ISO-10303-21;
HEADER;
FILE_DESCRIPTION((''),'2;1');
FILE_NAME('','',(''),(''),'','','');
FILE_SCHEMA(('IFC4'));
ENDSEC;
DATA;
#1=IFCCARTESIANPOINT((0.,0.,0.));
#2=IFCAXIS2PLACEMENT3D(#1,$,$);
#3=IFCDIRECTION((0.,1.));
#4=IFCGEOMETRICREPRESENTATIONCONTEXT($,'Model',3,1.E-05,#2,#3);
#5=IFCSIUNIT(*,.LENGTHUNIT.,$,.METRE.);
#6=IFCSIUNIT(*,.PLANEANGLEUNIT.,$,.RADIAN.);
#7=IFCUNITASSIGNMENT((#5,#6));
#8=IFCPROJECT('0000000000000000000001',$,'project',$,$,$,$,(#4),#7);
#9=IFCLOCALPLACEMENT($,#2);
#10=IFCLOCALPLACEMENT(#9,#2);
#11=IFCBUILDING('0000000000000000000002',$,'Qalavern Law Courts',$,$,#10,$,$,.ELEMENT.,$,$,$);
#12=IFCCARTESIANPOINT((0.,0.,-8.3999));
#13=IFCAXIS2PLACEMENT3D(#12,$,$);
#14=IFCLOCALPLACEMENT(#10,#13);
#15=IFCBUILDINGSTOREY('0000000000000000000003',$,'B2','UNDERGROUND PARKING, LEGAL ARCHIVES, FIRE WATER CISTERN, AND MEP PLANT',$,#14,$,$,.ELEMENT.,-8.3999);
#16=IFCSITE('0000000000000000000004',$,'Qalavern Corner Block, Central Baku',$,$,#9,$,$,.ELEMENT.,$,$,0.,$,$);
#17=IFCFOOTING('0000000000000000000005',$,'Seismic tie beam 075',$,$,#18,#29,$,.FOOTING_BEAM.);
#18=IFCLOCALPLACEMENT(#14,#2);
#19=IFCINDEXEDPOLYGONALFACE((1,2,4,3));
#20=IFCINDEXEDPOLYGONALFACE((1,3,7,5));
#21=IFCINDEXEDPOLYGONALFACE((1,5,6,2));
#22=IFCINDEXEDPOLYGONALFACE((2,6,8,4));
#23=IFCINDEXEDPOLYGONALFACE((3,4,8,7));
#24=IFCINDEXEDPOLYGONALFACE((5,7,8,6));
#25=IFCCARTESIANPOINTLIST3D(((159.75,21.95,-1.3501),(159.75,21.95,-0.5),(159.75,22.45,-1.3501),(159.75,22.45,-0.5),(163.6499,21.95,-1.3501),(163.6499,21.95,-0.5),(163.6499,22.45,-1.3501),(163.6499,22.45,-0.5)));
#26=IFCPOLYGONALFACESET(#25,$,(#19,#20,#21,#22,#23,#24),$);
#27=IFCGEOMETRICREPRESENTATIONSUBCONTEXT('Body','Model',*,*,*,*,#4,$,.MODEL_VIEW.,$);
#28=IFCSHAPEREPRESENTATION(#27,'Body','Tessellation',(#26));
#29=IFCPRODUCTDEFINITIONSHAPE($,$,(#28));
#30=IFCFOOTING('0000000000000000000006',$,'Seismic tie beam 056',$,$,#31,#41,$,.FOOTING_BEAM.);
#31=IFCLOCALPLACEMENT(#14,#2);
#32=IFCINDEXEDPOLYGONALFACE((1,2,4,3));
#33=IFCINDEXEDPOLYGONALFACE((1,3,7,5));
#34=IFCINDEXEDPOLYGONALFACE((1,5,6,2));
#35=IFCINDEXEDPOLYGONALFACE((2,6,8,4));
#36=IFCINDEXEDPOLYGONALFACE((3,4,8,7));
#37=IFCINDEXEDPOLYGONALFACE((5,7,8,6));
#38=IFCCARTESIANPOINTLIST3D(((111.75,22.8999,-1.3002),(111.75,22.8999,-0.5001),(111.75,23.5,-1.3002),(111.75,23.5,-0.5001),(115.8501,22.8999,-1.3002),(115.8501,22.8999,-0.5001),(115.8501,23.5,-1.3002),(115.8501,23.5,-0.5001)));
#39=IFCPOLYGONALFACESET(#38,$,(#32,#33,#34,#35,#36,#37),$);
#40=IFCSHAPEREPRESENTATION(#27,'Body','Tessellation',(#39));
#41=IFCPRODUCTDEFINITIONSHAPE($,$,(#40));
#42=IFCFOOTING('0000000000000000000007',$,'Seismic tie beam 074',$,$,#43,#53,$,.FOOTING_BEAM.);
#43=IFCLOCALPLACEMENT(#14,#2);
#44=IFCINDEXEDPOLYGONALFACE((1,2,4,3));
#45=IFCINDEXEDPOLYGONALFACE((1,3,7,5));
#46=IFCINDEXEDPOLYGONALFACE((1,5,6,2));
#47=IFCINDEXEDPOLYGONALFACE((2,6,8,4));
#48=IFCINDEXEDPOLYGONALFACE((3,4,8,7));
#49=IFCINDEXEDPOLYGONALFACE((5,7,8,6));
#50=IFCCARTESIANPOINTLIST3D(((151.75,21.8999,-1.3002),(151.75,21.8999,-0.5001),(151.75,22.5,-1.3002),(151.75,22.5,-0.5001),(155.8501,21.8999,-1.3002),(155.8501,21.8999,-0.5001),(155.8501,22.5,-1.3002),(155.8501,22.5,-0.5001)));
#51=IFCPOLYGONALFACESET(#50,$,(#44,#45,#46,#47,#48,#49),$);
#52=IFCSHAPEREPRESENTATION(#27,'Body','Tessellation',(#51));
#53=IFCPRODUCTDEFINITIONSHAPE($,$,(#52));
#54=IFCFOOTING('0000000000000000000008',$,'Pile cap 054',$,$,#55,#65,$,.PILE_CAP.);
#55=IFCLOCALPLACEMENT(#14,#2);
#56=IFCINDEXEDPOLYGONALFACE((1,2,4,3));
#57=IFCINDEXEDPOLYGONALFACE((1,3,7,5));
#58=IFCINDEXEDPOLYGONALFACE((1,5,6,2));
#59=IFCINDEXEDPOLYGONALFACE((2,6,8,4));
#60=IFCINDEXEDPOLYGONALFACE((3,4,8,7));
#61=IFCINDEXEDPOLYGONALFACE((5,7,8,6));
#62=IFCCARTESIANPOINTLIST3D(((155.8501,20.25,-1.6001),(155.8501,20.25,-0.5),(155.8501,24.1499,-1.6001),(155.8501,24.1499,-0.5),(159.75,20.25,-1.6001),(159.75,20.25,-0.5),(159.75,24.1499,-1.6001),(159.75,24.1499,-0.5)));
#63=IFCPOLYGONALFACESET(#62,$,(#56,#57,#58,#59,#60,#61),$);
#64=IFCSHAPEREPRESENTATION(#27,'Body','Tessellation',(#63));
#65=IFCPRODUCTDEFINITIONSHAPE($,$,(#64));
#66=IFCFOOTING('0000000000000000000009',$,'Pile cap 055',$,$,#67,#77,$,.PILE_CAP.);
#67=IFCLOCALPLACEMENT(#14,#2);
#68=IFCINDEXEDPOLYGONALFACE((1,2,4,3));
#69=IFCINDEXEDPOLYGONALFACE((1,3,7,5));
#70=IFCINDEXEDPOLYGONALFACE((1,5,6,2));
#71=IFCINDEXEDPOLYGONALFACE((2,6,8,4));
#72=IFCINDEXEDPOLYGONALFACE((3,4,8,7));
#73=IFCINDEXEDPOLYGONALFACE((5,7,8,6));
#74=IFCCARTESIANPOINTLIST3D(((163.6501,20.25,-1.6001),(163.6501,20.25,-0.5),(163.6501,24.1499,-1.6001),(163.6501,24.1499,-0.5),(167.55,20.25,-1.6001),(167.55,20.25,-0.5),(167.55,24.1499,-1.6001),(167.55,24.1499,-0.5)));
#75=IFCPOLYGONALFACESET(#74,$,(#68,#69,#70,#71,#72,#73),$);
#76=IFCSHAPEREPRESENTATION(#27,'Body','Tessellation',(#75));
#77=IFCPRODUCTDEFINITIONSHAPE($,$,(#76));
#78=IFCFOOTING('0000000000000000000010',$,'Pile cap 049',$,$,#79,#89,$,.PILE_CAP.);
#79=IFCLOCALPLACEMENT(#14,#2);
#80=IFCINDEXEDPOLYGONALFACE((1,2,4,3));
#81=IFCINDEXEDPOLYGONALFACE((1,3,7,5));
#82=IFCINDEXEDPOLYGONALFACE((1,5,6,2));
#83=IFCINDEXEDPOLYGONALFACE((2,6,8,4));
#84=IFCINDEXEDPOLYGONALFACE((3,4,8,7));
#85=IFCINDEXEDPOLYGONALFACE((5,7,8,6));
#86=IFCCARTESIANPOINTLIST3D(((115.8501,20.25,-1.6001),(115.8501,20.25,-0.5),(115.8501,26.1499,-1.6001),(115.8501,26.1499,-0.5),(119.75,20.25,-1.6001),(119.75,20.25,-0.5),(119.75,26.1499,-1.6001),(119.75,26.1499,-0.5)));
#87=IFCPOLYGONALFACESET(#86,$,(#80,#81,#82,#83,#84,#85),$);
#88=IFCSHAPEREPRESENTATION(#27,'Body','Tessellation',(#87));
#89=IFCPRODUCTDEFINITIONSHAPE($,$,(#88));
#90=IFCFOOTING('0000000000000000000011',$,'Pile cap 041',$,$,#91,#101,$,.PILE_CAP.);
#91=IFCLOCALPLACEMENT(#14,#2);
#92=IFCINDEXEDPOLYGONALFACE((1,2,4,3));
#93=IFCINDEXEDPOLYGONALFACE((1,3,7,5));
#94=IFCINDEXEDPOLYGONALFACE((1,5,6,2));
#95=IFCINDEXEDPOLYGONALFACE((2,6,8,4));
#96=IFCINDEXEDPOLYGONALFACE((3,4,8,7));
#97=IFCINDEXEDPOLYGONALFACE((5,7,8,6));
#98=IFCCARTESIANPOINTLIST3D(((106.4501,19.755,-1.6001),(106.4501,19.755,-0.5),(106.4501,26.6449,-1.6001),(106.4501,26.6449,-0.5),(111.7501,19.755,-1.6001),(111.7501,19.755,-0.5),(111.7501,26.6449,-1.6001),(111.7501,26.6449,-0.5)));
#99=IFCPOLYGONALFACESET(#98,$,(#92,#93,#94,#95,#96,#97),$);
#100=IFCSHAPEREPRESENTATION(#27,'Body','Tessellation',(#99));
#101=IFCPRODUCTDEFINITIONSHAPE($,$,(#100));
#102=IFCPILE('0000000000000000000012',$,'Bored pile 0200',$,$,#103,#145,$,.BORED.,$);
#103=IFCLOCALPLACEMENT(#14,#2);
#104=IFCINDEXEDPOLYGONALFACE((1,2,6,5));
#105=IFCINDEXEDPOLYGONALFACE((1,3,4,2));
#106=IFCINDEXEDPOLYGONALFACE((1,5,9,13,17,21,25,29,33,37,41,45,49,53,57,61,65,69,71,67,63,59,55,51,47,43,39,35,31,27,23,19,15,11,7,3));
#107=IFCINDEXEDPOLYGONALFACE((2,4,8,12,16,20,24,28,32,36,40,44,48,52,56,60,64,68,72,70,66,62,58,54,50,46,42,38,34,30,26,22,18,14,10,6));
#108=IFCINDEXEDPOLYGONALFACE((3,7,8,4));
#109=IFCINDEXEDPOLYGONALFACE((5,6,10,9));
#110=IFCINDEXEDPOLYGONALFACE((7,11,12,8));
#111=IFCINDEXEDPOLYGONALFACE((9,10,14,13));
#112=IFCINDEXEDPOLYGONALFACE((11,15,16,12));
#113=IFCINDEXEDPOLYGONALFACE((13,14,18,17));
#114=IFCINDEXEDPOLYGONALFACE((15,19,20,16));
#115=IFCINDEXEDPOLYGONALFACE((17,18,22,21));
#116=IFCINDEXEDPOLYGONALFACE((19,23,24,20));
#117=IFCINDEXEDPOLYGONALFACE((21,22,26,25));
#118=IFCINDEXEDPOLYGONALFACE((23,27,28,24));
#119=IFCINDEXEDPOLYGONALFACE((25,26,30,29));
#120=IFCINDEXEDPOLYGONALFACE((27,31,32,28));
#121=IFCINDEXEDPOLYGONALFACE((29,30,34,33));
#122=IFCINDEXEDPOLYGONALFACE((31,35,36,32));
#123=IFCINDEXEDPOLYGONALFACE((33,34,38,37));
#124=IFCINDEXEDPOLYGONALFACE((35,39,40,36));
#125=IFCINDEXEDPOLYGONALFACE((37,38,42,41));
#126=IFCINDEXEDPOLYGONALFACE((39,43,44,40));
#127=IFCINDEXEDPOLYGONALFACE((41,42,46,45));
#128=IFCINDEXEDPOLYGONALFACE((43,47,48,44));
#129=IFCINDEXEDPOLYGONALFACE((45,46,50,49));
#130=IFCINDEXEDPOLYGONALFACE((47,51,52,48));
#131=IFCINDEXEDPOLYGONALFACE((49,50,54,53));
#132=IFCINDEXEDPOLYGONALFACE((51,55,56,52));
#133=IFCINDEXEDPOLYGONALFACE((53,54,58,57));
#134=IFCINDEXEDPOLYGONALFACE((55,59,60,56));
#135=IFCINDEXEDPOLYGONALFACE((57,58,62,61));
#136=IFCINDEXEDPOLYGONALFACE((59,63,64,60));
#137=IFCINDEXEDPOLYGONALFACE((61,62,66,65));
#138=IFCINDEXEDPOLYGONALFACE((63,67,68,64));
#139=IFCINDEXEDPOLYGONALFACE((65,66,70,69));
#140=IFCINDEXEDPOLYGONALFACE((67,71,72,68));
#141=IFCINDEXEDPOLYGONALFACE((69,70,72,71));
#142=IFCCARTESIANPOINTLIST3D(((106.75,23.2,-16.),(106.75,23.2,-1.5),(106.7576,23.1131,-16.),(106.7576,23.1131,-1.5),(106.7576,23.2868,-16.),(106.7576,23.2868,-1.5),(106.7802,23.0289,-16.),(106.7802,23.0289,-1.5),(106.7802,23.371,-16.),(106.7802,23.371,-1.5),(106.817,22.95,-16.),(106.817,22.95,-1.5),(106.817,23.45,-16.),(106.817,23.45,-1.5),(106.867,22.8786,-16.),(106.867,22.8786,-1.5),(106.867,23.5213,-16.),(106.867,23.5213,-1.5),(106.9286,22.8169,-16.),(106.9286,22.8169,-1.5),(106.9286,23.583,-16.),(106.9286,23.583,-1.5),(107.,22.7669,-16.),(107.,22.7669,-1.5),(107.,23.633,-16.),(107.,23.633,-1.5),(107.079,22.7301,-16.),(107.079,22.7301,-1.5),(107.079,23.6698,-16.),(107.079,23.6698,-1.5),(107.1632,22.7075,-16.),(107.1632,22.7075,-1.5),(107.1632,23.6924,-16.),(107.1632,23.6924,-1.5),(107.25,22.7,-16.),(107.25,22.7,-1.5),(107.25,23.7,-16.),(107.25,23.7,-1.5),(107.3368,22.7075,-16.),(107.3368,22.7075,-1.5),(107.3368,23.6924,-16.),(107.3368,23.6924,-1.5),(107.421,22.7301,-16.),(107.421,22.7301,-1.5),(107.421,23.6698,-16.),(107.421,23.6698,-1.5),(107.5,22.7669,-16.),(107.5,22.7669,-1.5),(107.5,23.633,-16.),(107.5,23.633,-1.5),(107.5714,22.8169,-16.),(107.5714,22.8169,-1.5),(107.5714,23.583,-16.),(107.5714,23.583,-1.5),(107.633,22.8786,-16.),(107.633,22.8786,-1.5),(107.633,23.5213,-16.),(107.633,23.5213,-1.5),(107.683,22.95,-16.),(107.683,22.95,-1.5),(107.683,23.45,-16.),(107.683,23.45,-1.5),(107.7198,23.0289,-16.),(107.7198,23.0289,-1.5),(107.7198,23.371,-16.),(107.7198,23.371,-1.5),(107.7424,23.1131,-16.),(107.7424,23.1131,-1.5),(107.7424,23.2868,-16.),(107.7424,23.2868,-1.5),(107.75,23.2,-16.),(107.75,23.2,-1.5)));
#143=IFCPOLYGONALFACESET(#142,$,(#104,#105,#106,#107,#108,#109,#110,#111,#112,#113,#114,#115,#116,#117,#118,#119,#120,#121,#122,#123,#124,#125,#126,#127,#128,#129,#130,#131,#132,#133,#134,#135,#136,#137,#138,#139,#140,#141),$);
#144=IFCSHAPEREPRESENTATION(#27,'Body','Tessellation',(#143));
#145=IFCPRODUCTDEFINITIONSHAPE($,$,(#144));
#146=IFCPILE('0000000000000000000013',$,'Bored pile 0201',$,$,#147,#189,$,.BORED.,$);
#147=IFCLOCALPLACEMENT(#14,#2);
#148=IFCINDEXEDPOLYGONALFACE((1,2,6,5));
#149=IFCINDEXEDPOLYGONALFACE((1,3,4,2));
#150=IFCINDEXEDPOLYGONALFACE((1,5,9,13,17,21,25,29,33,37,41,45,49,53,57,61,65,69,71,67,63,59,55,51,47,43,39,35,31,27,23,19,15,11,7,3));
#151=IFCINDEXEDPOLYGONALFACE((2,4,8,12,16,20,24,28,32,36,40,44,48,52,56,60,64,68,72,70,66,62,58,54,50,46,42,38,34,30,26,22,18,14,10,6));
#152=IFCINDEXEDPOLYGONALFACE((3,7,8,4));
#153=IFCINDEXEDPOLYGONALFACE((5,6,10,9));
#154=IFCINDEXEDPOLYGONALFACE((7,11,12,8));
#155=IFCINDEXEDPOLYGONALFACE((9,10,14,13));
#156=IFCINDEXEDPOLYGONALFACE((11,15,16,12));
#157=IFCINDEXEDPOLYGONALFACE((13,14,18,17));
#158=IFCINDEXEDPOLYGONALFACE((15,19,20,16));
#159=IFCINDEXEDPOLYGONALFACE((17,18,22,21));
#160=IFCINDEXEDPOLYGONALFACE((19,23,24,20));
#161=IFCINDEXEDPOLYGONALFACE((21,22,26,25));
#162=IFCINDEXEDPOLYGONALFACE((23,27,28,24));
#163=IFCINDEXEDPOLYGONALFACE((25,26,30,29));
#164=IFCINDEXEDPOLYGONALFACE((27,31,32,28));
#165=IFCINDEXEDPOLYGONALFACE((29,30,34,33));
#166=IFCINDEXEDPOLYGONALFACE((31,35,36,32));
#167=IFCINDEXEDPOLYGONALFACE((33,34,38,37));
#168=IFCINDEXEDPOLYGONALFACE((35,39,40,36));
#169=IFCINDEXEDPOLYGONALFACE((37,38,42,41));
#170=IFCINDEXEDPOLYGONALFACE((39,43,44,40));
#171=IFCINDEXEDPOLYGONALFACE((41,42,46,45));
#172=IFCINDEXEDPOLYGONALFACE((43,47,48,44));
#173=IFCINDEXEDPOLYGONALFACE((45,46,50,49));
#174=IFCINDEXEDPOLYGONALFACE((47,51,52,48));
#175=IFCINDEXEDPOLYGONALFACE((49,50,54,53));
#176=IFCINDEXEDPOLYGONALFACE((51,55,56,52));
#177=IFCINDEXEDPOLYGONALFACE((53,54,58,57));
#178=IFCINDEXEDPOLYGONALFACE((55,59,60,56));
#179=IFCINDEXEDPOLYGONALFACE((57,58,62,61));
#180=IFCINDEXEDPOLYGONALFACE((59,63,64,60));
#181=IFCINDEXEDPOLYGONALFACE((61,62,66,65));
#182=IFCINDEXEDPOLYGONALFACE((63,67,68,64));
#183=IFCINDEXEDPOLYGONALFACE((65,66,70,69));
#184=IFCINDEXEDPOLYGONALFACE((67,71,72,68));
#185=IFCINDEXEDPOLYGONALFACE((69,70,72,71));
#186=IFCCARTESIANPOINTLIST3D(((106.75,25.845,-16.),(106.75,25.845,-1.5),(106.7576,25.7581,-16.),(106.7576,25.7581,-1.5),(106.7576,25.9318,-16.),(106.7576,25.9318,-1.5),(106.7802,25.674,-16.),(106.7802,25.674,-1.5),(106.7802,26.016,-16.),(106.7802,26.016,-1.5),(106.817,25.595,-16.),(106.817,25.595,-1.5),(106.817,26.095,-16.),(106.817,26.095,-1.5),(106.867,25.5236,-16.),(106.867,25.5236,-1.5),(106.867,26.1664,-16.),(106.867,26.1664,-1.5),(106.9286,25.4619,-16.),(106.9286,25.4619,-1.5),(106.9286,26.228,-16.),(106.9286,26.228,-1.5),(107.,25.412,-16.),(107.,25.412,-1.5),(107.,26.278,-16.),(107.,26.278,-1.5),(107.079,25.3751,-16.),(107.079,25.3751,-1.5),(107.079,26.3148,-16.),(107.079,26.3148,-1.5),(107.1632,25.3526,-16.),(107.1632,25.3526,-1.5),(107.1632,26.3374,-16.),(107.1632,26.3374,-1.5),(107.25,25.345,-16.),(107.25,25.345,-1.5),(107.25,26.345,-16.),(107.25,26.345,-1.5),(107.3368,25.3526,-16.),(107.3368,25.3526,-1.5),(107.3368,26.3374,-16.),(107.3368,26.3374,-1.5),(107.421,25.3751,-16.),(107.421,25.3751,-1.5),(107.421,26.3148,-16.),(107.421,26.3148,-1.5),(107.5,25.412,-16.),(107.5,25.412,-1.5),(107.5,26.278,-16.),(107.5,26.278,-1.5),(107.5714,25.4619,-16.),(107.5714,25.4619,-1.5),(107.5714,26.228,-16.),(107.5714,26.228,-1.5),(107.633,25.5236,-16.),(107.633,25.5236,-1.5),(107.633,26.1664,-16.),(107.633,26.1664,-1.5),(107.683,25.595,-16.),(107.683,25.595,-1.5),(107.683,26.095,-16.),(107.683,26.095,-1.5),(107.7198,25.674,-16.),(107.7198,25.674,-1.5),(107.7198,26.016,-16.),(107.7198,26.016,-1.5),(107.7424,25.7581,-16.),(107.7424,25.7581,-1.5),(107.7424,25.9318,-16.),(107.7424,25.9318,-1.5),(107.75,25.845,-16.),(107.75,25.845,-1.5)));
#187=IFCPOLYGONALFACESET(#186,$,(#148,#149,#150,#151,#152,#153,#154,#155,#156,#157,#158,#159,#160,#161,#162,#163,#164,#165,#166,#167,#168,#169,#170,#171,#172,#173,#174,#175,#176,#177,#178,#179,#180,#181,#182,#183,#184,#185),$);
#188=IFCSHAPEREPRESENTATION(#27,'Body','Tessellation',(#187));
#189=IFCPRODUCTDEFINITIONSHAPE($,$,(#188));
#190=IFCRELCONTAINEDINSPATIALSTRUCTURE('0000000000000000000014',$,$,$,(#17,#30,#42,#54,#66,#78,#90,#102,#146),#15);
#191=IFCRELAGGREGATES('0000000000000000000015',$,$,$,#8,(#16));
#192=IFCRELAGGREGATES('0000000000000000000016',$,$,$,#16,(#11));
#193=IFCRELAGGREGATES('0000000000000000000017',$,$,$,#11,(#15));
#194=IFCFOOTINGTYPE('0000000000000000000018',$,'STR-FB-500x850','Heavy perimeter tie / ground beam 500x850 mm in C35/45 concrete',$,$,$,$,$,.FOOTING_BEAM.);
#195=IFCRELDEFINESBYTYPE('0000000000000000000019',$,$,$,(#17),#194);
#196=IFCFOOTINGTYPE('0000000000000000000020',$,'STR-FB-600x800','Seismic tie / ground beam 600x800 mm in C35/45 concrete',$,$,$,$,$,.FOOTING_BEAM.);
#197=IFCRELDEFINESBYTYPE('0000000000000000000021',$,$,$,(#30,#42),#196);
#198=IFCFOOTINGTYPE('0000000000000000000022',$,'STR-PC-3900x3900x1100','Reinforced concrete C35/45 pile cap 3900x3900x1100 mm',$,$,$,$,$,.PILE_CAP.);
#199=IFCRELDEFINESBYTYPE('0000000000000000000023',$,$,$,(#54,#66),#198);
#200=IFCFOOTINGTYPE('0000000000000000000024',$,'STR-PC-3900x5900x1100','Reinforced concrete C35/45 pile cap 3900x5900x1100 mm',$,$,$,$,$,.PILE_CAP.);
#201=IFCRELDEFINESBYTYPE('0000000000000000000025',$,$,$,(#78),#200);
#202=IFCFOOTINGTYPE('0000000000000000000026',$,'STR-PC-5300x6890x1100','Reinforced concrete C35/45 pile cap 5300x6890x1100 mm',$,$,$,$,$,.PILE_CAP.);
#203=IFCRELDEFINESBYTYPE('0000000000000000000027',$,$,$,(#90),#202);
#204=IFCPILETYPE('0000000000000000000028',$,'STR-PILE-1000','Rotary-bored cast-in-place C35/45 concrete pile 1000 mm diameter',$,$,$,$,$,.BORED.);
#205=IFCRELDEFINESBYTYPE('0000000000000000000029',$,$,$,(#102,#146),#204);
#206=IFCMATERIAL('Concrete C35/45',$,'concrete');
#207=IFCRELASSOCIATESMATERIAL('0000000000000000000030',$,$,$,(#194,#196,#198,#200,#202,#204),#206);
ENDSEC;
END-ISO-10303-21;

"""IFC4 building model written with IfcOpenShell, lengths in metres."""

from ifc_helpers import new_model, si_unit, direction, frame, origin, origin_2d, place, context, subcontext, project, spatial, rectangle, circle, extrude, material, material_profile, profile_set, type_object, element, save


model = new_model("IFC4")

# Units and contexts
model_context = context("Model", 3, precision=1e-05, world=origin(), true_north=direction((0.0, 1.0)))
body_context = subcontext(model_context, "Body", "Model", "MODEL_VIEW")
ifc_project = project(units=[si_unit("LENGTHUNIT", "METRE"), si_unit("PLANEANGLEUNIT", "RADIAN")], contexts=[model_context])

# Site, building, storey
site_placement = place(None, origin())
site = spatial("IfcSite", under=ifc_project, at=site_placement, Name="Qalavern Corner Block, Central Baku", CompositionType="ELEMENT", RefElevation=0.0)
building_placement = place(site_placement, origin())
building = spatial("IfcBuilding", under=site, at=building_placement, Name="Qalavern Law Courts", CompositionType="ELEMENT")
storey_placement = place(building_placement, frame((0.0, 0.0, -8.3999)))
storey = spatial("IfcBuildingStorey", under=building, at=storey_placement, Name="B2", Description="UNDERGROUND PARKING, LEGAL ARCHIVES, FIRE WATER CISTERN, AND MEP PLANT", CompositionType="ELEMENT", Elevation=-8.3999)

# Footings
ifc_material_1 = material(Name="Concrete C35/45", Category="concrete")
ifc_material_profile_1 = material_profile(ifc_material_1, rectangle(XDim=0.5, YDim=0.8501, at=origin_2d()), Name="RC 500x850")
ifc_profile_set_1 = profile_set([ifc_material_profile_1], Name="Concrete C35/45")
footing_type_1 = type_object("IfcFootingType", Name="STR-FB-500x850", Description="Heavy perimeter tie / ground beam 500x850 mm in C35/45 concrete", PredefinedType="FOOTING_BEAM", material=ifc_profile_set_1)
footing_1_placement = place(storey_placement, frame((159.75, 22.2, -0.925), z_axis=(1.0, 0.0, 0.0), x_axis=(0.0, 1.0, 0.0)))
element("IfcFooting", 1, at=footing_1_placement, inside=storey, type_object=footing_type_1, Name="Seismic tie beam 075", PredefinedType="FOOTING_BEAM", context=body_context, shape_type="SweptSolid", body=[
    extrude(rectangle(XDim=0.5, YDim=0.8501, at=origin_2d()), origin(), (0.0, 0.0, 1.0), 3.8999),
])
ifc_material_profile_2 = material_profile(ifc_material_1, rectangle(XDim=0.6001, YDim=0.8, at=origin_2d()), Name="RC 600x800")
ifc_profile_set_2 = profile_set([ifc_material_profile_2], Name="Concrete C35/45")
footing_type_2 = type_object("IfcFootingType", Name="STR-FB-600x800", Description="Seismic tie / ground beam 600x800 mm in C35/45 concrete", PredefinedType="FOOTING_BEAM", material=ifc_profile_set_2)
for number, where, z_axis, x_axis, name in (
    (2, (111.75, 23.2, -0.9001), (1.0, 0.0, 0.0), (0.0, 1.0, 0.0), "Seismic tie beam 056"),
    (3, (151.75, 22.2, -0.9001), (1.0, 0.0, 0.0), (0.0, 1.0, 0.0), "Seismic tie beam 074"),
):
    element("IfcFooting", number, at=place(storey_placement, frame(where, z_axis=z_axis, x_axis=x_axis)), inside=storey, type_object=footing_type_2, Name=name, PredefinedType="FOOTING_BEAM", context=body_context, shape_type="SweptSolid", body=[
        extrude(rectangle(XDim=0.6001, YDim=0.8, at=origin_2d()), origin(), (0.0, 0.0, 1.0), 4.1001),
    ])
footing_type_3 = type_object("IfcFootingType", Name="STR-PC-3900x3900x1100", Description="Reinforced concrete C35/45 pile cap 3900x3900x1100 mm", PredefinedType="PILE_CAP", material=ifc_material_1)
for number, where, z_axis, x_axis, name in (
    (4, (157.8, 22.2, -1.6001), (0.0, 0.0, 1.0), (1.0, 0.0, 0.0), "Pile cap 054"),
    (5, (165.6001, 22.2, -1.6001), (0.0, 0.0, 1.0), (1.0, 0.0, 0.0), "Pile cap 055"),
):
    element("IfcFooting", number, at=place(storey_placement, frame(where, z_axis=z_axis, x_axis=x_axis)), inside=storey, type_object=footing_type_3, Name=name, PredefinedType="PILE_CAP", context=body_context, shape_type="SweptSolid", body=[
        extrude(rectangle(XDim=3.8999, YDim=3.8999, at=origin_2d()), origin(), (0.0, 0.0, 1.0), 1.1001),
    ])
footing_type_4 = type_object("IfcFootingType", Name="STR-PC-3900x5900x1100", Description="Reinforced concrete C35/45 pile cap 3900x5900x1100 mm", PredefinedType="PILE_CAP", material=ifc_material_1)
footing_2_placement = place(storey_placement, frame((117.8, 23.2, -1.6001), z_axis=(0.0, 0.0, 1.0), x_axis=(1.0, 0.0, 0.0)))
element("IfcFooting", 6, at=footing_2_placement, inside=storey, type_object=footing_type_4, Name="Pile cap 049", PredefinedType="PILE_CAP", context=body_context, shape_type="SweptSolid", body=[
    extrude(rectangle(XDim=3.8999, YDim=5.8999, at=origin_2d()), origin(), (0.0, 0.0, 1.0), 1.1001),
])
footing_type_5 = type_object("IfcFootingType", Name="STR-PC-5300x6890x1100", Description="Reinforced concrete C35/45 pile cap 5300x6890x1100 mm", PredefinedType="PILE_CAP", material=ifc_material_1)
footing_3_placement = place(storey_placement, frame((109.1001, 23.2, -1.6001), z_axis=(0.0, 0.0, 1.0), x_axis=(1.0, 0.0, 0.0)))
element("IfcFooting", 7, at=footing_3_placement, inside=storey, type_object=footing_type_5, Name="Pile cap 041", PredefinedType="PILE_CAP", context=body_context, shape_type="SweptSolid", body=[
    extrude(rectangle(XDim=5.3, YDim=6.8899, at=origin_2d()), origin(), (0.0, 0.0, 1.0), 1.1001),
])

# Piles
ifc_material_profile_3 = material_profile(ifc_material_1, circle(Radius=0.5, at=origin_2d()), Name="BORED PILE 1000")
ifc_profile_set_3 = profile_set([ifc_material_profile_3], Name="Concrete C35/45")
pile_type_1 = type_object("IfcPileType", Name="STR-PILE-1000", Description="Rotary-bored cast-in-place C35/45 concrete pile 1000 mm diameter", PredefinedType="BORED", material=ifc_profile_set_3)
for number, where, z_axis, x_axis, name in (
    (8, (107.25, 23.2, -1.5), (0.0, 0.0, -1.0), (1.0, 0.0, 0.0), "Bored pile 0200"),
    (9, (107.25, 25.845, -1.5), (0.0, 0.0, -1.0), (1.0, 0.0, 0.0), "Bored pile 0201"),
):
    element("IfcPile", number, at=place(storey_placement, frame(where, z_axis=z_axis, x_axis=x_axis)), inside=storey, type_object=pile_type_1, Name=name, PredefinedType="BORED", context=body_context, shape_type="SweptSolid", body=[
        extrude(circle(Radius=0.5, at=origin_2d()), origin(), (0.0, 0.0, 1.0), 14.5),
    ])

save(model, "model.ifc")
